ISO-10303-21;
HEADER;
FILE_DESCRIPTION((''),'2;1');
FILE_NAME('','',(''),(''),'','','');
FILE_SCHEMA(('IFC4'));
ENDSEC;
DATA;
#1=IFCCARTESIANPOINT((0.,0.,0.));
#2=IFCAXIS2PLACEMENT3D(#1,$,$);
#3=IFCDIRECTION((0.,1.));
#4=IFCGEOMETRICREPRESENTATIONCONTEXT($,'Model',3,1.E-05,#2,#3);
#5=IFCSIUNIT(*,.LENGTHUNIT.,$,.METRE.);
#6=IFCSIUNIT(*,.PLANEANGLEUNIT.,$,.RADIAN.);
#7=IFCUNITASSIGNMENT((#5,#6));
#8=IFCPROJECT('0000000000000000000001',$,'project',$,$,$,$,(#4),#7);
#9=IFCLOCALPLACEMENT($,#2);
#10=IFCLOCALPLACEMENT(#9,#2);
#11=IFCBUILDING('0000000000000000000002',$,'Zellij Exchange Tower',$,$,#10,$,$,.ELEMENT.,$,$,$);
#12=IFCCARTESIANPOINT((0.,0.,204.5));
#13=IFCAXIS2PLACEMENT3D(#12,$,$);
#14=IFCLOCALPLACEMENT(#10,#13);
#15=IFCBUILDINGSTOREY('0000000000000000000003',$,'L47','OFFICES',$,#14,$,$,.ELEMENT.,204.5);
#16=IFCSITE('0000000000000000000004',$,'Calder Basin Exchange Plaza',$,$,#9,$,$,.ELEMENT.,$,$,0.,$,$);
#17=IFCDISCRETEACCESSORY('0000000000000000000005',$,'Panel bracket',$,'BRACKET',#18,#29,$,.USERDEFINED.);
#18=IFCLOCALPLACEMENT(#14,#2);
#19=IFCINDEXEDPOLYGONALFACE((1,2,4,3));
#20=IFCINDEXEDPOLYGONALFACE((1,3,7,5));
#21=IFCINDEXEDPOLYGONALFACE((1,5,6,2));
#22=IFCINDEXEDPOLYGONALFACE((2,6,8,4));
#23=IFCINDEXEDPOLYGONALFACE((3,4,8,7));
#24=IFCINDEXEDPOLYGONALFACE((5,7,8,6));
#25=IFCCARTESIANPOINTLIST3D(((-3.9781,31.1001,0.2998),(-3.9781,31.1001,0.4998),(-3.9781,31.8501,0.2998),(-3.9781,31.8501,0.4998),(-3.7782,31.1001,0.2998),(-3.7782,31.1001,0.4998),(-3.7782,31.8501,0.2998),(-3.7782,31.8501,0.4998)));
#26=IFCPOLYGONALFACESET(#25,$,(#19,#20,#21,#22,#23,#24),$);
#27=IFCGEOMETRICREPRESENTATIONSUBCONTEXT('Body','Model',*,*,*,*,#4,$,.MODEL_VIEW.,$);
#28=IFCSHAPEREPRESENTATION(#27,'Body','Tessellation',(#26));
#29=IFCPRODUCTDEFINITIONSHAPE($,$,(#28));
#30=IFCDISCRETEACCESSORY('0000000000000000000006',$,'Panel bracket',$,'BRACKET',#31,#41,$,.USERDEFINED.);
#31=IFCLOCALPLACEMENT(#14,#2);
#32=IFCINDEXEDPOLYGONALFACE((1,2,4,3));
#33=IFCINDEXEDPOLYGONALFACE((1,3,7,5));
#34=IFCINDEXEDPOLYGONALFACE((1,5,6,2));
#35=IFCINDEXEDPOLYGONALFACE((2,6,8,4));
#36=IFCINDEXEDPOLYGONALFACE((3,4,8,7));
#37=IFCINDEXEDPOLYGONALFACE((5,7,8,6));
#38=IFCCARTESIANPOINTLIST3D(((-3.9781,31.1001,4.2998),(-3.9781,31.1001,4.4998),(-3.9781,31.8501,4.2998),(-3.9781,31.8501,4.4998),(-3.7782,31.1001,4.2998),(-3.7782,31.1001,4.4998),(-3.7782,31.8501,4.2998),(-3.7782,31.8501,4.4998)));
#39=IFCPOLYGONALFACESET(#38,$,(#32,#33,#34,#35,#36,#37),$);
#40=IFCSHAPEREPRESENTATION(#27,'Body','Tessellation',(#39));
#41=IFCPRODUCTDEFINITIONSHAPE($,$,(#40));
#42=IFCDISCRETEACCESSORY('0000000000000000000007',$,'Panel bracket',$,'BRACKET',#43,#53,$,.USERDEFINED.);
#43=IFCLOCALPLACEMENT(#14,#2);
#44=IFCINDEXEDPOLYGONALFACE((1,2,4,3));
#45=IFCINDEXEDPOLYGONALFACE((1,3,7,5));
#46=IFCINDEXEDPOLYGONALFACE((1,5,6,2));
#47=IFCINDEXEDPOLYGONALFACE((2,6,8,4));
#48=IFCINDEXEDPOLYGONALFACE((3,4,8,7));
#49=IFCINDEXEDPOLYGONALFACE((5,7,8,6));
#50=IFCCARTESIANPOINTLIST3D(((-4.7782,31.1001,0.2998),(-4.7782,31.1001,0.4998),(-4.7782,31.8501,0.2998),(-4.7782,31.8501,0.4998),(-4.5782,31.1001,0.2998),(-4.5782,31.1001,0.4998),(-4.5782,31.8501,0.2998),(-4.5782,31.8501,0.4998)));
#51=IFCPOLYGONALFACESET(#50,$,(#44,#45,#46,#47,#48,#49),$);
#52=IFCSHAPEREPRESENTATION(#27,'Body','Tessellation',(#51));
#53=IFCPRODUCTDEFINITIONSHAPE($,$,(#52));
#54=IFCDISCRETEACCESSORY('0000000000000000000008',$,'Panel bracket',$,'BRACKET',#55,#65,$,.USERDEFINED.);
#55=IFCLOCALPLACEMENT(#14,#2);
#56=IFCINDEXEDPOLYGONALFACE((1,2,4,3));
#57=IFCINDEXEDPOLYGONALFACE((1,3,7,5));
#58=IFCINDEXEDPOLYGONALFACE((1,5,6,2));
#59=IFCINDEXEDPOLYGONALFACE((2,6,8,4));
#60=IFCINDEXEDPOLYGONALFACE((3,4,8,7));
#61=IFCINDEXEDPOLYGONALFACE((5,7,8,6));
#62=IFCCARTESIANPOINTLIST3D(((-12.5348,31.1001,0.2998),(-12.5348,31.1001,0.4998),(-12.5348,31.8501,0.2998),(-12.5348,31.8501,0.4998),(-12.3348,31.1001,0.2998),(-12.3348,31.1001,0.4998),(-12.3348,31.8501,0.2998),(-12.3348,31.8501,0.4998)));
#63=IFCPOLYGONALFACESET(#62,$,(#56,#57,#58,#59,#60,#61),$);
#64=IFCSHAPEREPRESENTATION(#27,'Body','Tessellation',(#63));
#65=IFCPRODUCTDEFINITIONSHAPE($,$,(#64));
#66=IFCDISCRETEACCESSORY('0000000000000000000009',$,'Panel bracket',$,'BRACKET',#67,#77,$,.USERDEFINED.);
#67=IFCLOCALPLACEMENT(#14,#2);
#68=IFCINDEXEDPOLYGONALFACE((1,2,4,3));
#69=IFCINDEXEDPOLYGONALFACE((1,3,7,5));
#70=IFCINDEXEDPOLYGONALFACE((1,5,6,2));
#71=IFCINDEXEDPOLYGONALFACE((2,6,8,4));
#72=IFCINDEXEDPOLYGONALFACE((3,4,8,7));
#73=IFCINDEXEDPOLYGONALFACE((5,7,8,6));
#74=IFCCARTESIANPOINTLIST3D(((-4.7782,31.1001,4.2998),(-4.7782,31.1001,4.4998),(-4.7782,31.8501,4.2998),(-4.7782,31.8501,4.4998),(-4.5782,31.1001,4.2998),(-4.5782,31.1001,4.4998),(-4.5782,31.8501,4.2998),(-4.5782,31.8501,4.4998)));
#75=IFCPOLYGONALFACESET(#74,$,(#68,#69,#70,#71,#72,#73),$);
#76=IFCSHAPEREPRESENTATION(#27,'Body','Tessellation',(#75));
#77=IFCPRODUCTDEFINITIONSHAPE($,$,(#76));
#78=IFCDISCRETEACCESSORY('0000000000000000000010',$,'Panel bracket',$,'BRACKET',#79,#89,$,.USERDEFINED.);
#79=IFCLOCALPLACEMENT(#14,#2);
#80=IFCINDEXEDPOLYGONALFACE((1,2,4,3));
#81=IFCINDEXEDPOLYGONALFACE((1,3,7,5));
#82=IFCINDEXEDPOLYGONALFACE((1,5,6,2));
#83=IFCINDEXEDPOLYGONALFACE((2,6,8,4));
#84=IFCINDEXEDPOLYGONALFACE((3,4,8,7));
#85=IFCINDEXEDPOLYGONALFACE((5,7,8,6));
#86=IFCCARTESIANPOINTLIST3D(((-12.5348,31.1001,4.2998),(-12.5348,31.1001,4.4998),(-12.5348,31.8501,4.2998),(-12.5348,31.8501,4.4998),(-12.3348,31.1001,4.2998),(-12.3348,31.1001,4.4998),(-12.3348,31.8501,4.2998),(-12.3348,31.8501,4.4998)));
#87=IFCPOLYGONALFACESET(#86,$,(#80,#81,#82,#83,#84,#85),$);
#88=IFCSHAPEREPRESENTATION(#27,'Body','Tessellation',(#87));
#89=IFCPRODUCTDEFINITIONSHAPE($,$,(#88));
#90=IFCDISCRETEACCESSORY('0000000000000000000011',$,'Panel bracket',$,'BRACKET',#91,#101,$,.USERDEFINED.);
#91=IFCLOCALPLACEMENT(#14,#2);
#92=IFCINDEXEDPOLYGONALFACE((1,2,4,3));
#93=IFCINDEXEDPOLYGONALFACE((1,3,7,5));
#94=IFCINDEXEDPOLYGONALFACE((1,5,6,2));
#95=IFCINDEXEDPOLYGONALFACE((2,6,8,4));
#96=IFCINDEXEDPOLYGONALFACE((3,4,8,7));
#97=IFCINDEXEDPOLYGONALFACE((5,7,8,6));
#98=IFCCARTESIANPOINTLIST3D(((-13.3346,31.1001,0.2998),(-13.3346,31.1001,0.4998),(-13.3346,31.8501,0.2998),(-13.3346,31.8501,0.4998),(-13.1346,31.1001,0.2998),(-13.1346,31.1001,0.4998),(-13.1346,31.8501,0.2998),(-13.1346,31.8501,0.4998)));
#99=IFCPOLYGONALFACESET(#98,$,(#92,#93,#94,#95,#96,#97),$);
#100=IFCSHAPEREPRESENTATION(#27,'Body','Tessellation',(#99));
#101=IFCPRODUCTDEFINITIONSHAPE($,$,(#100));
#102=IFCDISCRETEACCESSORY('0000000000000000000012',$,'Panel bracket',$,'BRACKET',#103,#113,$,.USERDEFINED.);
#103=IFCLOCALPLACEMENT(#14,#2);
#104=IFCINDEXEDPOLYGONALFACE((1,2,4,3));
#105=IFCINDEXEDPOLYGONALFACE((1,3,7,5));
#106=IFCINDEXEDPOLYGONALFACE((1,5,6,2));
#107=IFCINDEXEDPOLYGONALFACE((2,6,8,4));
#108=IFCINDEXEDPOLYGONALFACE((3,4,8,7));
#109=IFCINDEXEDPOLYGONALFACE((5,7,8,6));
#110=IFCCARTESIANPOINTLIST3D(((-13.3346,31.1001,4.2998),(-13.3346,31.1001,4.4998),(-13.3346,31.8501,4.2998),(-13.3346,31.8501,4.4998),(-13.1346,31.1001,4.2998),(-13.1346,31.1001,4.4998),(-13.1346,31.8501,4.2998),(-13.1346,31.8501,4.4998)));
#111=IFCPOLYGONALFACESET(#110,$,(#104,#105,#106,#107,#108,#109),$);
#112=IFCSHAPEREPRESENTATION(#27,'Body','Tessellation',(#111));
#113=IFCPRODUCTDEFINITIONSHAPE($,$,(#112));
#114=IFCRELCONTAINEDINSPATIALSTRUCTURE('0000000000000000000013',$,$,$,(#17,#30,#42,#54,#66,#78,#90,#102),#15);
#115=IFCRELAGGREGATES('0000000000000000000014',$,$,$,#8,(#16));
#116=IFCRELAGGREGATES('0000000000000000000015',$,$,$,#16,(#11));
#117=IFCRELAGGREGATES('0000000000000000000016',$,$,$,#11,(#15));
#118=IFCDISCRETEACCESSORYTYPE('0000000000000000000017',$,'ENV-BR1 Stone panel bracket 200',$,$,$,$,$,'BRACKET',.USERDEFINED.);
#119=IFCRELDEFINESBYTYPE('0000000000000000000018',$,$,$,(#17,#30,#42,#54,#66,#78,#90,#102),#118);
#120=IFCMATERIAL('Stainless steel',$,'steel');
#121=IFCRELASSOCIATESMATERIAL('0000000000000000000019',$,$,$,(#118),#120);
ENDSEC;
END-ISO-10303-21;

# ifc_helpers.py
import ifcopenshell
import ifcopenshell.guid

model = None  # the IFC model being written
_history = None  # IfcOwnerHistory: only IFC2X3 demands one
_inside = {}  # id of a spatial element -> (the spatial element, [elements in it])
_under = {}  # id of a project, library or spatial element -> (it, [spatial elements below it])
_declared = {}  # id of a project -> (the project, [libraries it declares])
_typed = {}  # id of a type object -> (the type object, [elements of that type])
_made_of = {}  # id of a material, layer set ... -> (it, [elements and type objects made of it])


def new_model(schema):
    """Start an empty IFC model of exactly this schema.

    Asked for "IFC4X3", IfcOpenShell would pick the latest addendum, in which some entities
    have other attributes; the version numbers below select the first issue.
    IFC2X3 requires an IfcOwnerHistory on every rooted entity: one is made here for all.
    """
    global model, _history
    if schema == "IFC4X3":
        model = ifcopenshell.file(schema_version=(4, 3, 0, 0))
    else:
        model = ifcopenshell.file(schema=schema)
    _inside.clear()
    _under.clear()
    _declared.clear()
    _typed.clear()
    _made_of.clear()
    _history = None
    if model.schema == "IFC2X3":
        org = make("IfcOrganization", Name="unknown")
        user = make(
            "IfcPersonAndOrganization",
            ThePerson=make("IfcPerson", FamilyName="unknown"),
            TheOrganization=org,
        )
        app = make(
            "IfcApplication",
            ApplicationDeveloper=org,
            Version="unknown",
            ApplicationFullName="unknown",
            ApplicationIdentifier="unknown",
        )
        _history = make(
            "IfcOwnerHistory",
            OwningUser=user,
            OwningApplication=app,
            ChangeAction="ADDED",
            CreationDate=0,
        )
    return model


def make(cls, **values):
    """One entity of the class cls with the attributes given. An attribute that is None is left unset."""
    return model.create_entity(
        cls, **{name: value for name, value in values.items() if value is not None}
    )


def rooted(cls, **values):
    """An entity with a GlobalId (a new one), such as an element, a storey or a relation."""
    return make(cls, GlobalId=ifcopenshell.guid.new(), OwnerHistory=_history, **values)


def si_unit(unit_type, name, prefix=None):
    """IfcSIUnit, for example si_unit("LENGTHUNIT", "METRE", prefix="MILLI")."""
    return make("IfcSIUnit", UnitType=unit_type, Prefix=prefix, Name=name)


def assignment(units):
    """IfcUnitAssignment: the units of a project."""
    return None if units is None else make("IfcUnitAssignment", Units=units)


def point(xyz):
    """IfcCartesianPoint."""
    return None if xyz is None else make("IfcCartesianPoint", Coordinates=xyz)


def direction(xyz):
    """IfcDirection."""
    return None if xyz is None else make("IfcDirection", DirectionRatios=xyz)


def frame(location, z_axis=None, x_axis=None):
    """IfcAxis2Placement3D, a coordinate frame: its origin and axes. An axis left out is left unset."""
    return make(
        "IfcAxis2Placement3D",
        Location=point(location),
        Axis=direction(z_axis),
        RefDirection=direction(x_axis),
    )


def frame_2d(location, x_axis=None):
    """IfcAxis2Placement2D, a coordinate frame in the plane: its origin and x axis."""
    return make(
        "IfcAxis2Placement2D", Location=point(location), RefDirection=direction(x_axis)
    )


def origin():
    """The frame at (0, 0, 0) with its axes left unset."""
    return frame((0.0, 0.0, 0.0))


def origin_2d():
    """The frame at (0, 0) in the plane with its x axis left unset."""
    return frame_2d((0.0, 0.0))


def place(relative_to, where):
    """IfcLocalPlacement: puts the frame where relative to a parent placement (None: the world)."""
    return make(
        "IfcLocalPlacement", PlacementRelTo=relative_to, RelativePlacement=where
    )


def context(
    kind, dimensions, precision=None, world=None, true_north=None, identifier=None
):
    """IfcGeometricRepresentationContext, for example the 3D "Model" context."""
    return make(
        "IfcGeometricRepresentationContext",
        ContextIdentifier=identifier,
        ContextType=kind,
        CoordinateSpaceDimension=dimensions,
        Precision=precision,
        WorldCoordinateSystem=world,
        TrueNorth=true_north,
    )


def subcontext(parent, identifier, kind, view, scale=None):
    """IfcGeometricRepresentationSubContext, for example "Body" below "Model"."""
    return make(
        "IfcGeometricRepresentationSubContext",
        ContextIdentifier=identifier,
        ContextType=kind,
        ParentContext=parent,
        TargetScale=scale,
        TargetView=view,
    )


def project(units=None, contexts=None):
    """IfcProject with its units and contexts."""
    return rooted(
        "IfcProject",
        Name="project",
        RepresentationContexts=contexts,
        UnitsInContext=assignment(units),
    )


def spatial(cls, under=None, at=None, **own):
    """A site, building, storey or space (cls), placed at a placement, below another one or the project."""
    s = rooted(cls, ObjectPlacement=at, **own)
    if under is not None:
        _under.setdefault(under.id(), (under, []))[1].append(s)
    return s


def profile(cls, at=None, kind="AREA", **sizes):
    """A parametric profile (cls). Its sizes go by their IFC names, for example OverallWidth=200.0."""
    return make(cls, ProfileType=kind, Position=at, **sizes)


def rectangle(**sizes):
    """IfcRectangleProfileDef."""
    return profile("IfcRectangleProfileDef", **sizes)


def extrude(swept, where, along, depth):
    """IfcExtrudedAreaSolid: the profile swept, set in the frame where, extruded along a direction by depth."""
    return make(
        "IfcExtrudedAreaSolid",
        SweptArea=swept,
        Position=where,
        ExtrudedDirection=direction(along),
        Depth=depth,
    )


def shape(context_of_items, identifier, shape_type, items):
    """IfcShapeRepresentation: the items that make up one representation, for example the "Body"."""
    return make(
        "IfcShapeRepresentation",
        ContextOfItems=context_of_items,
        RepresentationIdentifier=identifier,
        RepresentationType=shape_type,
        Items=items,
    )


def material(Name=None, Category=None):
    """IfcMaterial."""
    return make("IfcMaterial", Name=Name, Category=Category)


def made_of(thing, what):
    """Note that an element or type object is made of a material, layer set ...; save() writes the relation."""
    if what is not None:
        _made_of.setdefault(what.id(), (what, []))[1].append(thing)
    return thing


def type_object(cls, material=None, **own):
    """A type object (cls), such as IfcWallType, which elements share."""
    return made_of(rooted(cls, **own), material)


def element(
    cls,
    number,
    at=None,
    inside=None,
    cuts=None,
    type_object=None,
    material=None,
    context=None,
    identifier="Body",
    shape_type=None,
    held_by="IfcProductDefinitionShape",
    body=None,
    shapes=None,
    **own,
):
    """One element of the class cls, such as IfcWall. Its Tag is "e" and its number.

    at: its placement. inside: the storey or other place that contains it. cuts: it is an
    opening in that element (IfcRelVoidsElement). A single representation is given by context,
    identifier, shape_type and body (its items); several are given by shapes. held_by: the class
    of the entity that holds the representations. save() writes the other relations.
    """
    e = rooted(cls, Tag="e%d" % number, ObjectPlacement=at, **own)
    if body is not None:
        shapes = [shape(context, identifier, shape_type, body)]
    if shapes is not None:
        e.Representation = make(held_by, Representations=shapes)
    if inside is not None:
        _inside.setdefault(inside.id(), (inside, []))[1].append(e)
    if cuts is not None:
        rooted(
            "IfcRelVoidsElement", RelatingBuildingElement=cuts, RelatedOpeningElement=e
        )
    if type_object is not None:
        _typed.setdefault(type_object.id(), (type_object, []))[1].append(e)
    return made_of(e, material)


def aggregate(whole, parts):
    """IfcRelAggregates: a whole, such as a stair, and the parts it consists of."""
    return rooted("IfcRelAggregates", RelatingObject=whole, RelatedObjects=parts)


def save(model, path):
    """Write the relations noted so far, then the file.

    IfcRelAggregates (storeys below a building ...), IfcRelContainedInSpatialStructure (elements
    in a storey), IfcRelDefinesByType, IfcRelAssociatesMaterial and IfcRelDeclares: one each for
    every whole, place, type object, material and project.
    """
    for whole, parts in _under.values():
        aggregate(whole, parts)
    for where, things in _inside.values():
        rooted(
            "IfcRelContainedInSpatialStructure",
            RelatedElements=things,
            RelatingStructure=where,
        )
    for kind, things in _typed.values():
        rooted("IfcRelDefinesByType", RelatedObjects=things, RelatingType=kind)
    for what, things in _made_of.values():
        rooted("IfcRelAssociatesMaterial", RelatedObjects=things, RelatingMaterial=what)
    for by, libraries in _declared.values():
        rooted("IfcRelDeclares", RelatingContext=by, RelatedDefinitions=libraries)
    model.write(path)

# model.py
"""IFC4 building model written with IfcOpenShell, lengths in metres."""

from ifc_helpers import new_model, si_unit, direction, frame, origin, origin_2d, place, context, subcontext, project, spatial, rectangle, extrude, material, type_object, element, save


model = new_model("IFC4")

# Units and contexts
model_context = context("Model", 3, precision=1e-05, world=origin(), true_north=direction((0.0, 1.0)))
body_context = subcontext(model_context, "Body", "Model", "MODEL_VIEW")
ifc_project = project(units=[si_unit("LENGTHUNIT", "METRE"), si_unit("PLANEANGLEUNIT", "RADIAN")], contexts=[model_context])

# Site, building, storey
site_placement = place(None, origin())
site = spatial("IfcSite", under=ifc_project, at=site_placement, Name="Calder Basin Exchange Plaza", CompositionType="ELEMENT", RefElevation=0.0)
building_placement = place(site_placement, origin())
building = spatial("IfcBuilding", under=site, at=building_placement, Name="Zellij Exchange Tower", CompositionType="ELEMENT")
storey_placement = place(building_placement, frame((0.0, 0.0, 204.5)))
storey = spatial("IfcBuildingStorey", under=building, at=storey_placement, Name="L47", Description="OFFICES", CompositionType="ELEMENT", Elevation=204.5)

# Discrete accessories
ifc_material_1 = material(Name="Stainless steel", Category="steel")
discrete_accessory_type = type_object("IfcDiscreteAccessoryType", Name="ENV-BR1 Stone panel bracket 200", ElementType="BRACKET", PredefinedType="USERDEFINED", material=ifc_material_1)
for number, where, z_axis, x_axis, name in (
    (1, (-3.8782, 31.4751, 0.2998), (0.0, 0.0, 1.0), (-1.0, 0.0, 0.0), "Panel bracket"),
    (2, (-3.8782, 31.4751, 4.2998), (0.0, 0.0, 1.0), (-1.0, 0.0, 0.0), "Panel bracket"),
    (3, (-4.6782, 31.4751, 0.2998), (0.0, 0.0, 1.0), (-1.0, 0.0, 0.0), "Panel bracket"),
    (4, (-12.4348, 31.4751, 0.2998), (0.0, 0.0, 1.0), (-1.0, 0.0, 0.0), "Panel bracket"),
    (5, (-4.6782, 31.4751, 4.2998), (0.0, 0.0, 1.0), (-1.0, 0.0, 0.0), "Panel bracket"),
    (6, (-12.4348, 31.4751, 4.2998), (0.0, 0.0, 1.0), (-1.0, 0.0, 0.0), "Panel bracket"),
    (7, (-13.2346, 31.4751, 0.2998), (0.0, 0.0, 1.0), (-1.0, 0.0, 0.0), "Panel bracket"),
    (8, (-13.2346, 31.4751, 4.2998), (0.0, 0.0, 1.0), (-1.0, 0.0, 0.0), "Panel bracket"),
):
    element("IfcDiscreteAccessory", number, at=place(storey_placement, frame(where, z_axis=z_axis, x_axis=x_axis)), inside=storey, type_object=discrete_accessory_type, Name=name, ObjectType="BRACKET", PredefinedType="USERDEFINED", context=body_context, shape_type="SweptSolid", body=[
        extrude(rectangle(XDim=0.2, YDim=0.75, at=origin_2d()), origin(), (0.0, 0.0, 1.0), 0.2),
    ])

save(model, "model.ifc")
